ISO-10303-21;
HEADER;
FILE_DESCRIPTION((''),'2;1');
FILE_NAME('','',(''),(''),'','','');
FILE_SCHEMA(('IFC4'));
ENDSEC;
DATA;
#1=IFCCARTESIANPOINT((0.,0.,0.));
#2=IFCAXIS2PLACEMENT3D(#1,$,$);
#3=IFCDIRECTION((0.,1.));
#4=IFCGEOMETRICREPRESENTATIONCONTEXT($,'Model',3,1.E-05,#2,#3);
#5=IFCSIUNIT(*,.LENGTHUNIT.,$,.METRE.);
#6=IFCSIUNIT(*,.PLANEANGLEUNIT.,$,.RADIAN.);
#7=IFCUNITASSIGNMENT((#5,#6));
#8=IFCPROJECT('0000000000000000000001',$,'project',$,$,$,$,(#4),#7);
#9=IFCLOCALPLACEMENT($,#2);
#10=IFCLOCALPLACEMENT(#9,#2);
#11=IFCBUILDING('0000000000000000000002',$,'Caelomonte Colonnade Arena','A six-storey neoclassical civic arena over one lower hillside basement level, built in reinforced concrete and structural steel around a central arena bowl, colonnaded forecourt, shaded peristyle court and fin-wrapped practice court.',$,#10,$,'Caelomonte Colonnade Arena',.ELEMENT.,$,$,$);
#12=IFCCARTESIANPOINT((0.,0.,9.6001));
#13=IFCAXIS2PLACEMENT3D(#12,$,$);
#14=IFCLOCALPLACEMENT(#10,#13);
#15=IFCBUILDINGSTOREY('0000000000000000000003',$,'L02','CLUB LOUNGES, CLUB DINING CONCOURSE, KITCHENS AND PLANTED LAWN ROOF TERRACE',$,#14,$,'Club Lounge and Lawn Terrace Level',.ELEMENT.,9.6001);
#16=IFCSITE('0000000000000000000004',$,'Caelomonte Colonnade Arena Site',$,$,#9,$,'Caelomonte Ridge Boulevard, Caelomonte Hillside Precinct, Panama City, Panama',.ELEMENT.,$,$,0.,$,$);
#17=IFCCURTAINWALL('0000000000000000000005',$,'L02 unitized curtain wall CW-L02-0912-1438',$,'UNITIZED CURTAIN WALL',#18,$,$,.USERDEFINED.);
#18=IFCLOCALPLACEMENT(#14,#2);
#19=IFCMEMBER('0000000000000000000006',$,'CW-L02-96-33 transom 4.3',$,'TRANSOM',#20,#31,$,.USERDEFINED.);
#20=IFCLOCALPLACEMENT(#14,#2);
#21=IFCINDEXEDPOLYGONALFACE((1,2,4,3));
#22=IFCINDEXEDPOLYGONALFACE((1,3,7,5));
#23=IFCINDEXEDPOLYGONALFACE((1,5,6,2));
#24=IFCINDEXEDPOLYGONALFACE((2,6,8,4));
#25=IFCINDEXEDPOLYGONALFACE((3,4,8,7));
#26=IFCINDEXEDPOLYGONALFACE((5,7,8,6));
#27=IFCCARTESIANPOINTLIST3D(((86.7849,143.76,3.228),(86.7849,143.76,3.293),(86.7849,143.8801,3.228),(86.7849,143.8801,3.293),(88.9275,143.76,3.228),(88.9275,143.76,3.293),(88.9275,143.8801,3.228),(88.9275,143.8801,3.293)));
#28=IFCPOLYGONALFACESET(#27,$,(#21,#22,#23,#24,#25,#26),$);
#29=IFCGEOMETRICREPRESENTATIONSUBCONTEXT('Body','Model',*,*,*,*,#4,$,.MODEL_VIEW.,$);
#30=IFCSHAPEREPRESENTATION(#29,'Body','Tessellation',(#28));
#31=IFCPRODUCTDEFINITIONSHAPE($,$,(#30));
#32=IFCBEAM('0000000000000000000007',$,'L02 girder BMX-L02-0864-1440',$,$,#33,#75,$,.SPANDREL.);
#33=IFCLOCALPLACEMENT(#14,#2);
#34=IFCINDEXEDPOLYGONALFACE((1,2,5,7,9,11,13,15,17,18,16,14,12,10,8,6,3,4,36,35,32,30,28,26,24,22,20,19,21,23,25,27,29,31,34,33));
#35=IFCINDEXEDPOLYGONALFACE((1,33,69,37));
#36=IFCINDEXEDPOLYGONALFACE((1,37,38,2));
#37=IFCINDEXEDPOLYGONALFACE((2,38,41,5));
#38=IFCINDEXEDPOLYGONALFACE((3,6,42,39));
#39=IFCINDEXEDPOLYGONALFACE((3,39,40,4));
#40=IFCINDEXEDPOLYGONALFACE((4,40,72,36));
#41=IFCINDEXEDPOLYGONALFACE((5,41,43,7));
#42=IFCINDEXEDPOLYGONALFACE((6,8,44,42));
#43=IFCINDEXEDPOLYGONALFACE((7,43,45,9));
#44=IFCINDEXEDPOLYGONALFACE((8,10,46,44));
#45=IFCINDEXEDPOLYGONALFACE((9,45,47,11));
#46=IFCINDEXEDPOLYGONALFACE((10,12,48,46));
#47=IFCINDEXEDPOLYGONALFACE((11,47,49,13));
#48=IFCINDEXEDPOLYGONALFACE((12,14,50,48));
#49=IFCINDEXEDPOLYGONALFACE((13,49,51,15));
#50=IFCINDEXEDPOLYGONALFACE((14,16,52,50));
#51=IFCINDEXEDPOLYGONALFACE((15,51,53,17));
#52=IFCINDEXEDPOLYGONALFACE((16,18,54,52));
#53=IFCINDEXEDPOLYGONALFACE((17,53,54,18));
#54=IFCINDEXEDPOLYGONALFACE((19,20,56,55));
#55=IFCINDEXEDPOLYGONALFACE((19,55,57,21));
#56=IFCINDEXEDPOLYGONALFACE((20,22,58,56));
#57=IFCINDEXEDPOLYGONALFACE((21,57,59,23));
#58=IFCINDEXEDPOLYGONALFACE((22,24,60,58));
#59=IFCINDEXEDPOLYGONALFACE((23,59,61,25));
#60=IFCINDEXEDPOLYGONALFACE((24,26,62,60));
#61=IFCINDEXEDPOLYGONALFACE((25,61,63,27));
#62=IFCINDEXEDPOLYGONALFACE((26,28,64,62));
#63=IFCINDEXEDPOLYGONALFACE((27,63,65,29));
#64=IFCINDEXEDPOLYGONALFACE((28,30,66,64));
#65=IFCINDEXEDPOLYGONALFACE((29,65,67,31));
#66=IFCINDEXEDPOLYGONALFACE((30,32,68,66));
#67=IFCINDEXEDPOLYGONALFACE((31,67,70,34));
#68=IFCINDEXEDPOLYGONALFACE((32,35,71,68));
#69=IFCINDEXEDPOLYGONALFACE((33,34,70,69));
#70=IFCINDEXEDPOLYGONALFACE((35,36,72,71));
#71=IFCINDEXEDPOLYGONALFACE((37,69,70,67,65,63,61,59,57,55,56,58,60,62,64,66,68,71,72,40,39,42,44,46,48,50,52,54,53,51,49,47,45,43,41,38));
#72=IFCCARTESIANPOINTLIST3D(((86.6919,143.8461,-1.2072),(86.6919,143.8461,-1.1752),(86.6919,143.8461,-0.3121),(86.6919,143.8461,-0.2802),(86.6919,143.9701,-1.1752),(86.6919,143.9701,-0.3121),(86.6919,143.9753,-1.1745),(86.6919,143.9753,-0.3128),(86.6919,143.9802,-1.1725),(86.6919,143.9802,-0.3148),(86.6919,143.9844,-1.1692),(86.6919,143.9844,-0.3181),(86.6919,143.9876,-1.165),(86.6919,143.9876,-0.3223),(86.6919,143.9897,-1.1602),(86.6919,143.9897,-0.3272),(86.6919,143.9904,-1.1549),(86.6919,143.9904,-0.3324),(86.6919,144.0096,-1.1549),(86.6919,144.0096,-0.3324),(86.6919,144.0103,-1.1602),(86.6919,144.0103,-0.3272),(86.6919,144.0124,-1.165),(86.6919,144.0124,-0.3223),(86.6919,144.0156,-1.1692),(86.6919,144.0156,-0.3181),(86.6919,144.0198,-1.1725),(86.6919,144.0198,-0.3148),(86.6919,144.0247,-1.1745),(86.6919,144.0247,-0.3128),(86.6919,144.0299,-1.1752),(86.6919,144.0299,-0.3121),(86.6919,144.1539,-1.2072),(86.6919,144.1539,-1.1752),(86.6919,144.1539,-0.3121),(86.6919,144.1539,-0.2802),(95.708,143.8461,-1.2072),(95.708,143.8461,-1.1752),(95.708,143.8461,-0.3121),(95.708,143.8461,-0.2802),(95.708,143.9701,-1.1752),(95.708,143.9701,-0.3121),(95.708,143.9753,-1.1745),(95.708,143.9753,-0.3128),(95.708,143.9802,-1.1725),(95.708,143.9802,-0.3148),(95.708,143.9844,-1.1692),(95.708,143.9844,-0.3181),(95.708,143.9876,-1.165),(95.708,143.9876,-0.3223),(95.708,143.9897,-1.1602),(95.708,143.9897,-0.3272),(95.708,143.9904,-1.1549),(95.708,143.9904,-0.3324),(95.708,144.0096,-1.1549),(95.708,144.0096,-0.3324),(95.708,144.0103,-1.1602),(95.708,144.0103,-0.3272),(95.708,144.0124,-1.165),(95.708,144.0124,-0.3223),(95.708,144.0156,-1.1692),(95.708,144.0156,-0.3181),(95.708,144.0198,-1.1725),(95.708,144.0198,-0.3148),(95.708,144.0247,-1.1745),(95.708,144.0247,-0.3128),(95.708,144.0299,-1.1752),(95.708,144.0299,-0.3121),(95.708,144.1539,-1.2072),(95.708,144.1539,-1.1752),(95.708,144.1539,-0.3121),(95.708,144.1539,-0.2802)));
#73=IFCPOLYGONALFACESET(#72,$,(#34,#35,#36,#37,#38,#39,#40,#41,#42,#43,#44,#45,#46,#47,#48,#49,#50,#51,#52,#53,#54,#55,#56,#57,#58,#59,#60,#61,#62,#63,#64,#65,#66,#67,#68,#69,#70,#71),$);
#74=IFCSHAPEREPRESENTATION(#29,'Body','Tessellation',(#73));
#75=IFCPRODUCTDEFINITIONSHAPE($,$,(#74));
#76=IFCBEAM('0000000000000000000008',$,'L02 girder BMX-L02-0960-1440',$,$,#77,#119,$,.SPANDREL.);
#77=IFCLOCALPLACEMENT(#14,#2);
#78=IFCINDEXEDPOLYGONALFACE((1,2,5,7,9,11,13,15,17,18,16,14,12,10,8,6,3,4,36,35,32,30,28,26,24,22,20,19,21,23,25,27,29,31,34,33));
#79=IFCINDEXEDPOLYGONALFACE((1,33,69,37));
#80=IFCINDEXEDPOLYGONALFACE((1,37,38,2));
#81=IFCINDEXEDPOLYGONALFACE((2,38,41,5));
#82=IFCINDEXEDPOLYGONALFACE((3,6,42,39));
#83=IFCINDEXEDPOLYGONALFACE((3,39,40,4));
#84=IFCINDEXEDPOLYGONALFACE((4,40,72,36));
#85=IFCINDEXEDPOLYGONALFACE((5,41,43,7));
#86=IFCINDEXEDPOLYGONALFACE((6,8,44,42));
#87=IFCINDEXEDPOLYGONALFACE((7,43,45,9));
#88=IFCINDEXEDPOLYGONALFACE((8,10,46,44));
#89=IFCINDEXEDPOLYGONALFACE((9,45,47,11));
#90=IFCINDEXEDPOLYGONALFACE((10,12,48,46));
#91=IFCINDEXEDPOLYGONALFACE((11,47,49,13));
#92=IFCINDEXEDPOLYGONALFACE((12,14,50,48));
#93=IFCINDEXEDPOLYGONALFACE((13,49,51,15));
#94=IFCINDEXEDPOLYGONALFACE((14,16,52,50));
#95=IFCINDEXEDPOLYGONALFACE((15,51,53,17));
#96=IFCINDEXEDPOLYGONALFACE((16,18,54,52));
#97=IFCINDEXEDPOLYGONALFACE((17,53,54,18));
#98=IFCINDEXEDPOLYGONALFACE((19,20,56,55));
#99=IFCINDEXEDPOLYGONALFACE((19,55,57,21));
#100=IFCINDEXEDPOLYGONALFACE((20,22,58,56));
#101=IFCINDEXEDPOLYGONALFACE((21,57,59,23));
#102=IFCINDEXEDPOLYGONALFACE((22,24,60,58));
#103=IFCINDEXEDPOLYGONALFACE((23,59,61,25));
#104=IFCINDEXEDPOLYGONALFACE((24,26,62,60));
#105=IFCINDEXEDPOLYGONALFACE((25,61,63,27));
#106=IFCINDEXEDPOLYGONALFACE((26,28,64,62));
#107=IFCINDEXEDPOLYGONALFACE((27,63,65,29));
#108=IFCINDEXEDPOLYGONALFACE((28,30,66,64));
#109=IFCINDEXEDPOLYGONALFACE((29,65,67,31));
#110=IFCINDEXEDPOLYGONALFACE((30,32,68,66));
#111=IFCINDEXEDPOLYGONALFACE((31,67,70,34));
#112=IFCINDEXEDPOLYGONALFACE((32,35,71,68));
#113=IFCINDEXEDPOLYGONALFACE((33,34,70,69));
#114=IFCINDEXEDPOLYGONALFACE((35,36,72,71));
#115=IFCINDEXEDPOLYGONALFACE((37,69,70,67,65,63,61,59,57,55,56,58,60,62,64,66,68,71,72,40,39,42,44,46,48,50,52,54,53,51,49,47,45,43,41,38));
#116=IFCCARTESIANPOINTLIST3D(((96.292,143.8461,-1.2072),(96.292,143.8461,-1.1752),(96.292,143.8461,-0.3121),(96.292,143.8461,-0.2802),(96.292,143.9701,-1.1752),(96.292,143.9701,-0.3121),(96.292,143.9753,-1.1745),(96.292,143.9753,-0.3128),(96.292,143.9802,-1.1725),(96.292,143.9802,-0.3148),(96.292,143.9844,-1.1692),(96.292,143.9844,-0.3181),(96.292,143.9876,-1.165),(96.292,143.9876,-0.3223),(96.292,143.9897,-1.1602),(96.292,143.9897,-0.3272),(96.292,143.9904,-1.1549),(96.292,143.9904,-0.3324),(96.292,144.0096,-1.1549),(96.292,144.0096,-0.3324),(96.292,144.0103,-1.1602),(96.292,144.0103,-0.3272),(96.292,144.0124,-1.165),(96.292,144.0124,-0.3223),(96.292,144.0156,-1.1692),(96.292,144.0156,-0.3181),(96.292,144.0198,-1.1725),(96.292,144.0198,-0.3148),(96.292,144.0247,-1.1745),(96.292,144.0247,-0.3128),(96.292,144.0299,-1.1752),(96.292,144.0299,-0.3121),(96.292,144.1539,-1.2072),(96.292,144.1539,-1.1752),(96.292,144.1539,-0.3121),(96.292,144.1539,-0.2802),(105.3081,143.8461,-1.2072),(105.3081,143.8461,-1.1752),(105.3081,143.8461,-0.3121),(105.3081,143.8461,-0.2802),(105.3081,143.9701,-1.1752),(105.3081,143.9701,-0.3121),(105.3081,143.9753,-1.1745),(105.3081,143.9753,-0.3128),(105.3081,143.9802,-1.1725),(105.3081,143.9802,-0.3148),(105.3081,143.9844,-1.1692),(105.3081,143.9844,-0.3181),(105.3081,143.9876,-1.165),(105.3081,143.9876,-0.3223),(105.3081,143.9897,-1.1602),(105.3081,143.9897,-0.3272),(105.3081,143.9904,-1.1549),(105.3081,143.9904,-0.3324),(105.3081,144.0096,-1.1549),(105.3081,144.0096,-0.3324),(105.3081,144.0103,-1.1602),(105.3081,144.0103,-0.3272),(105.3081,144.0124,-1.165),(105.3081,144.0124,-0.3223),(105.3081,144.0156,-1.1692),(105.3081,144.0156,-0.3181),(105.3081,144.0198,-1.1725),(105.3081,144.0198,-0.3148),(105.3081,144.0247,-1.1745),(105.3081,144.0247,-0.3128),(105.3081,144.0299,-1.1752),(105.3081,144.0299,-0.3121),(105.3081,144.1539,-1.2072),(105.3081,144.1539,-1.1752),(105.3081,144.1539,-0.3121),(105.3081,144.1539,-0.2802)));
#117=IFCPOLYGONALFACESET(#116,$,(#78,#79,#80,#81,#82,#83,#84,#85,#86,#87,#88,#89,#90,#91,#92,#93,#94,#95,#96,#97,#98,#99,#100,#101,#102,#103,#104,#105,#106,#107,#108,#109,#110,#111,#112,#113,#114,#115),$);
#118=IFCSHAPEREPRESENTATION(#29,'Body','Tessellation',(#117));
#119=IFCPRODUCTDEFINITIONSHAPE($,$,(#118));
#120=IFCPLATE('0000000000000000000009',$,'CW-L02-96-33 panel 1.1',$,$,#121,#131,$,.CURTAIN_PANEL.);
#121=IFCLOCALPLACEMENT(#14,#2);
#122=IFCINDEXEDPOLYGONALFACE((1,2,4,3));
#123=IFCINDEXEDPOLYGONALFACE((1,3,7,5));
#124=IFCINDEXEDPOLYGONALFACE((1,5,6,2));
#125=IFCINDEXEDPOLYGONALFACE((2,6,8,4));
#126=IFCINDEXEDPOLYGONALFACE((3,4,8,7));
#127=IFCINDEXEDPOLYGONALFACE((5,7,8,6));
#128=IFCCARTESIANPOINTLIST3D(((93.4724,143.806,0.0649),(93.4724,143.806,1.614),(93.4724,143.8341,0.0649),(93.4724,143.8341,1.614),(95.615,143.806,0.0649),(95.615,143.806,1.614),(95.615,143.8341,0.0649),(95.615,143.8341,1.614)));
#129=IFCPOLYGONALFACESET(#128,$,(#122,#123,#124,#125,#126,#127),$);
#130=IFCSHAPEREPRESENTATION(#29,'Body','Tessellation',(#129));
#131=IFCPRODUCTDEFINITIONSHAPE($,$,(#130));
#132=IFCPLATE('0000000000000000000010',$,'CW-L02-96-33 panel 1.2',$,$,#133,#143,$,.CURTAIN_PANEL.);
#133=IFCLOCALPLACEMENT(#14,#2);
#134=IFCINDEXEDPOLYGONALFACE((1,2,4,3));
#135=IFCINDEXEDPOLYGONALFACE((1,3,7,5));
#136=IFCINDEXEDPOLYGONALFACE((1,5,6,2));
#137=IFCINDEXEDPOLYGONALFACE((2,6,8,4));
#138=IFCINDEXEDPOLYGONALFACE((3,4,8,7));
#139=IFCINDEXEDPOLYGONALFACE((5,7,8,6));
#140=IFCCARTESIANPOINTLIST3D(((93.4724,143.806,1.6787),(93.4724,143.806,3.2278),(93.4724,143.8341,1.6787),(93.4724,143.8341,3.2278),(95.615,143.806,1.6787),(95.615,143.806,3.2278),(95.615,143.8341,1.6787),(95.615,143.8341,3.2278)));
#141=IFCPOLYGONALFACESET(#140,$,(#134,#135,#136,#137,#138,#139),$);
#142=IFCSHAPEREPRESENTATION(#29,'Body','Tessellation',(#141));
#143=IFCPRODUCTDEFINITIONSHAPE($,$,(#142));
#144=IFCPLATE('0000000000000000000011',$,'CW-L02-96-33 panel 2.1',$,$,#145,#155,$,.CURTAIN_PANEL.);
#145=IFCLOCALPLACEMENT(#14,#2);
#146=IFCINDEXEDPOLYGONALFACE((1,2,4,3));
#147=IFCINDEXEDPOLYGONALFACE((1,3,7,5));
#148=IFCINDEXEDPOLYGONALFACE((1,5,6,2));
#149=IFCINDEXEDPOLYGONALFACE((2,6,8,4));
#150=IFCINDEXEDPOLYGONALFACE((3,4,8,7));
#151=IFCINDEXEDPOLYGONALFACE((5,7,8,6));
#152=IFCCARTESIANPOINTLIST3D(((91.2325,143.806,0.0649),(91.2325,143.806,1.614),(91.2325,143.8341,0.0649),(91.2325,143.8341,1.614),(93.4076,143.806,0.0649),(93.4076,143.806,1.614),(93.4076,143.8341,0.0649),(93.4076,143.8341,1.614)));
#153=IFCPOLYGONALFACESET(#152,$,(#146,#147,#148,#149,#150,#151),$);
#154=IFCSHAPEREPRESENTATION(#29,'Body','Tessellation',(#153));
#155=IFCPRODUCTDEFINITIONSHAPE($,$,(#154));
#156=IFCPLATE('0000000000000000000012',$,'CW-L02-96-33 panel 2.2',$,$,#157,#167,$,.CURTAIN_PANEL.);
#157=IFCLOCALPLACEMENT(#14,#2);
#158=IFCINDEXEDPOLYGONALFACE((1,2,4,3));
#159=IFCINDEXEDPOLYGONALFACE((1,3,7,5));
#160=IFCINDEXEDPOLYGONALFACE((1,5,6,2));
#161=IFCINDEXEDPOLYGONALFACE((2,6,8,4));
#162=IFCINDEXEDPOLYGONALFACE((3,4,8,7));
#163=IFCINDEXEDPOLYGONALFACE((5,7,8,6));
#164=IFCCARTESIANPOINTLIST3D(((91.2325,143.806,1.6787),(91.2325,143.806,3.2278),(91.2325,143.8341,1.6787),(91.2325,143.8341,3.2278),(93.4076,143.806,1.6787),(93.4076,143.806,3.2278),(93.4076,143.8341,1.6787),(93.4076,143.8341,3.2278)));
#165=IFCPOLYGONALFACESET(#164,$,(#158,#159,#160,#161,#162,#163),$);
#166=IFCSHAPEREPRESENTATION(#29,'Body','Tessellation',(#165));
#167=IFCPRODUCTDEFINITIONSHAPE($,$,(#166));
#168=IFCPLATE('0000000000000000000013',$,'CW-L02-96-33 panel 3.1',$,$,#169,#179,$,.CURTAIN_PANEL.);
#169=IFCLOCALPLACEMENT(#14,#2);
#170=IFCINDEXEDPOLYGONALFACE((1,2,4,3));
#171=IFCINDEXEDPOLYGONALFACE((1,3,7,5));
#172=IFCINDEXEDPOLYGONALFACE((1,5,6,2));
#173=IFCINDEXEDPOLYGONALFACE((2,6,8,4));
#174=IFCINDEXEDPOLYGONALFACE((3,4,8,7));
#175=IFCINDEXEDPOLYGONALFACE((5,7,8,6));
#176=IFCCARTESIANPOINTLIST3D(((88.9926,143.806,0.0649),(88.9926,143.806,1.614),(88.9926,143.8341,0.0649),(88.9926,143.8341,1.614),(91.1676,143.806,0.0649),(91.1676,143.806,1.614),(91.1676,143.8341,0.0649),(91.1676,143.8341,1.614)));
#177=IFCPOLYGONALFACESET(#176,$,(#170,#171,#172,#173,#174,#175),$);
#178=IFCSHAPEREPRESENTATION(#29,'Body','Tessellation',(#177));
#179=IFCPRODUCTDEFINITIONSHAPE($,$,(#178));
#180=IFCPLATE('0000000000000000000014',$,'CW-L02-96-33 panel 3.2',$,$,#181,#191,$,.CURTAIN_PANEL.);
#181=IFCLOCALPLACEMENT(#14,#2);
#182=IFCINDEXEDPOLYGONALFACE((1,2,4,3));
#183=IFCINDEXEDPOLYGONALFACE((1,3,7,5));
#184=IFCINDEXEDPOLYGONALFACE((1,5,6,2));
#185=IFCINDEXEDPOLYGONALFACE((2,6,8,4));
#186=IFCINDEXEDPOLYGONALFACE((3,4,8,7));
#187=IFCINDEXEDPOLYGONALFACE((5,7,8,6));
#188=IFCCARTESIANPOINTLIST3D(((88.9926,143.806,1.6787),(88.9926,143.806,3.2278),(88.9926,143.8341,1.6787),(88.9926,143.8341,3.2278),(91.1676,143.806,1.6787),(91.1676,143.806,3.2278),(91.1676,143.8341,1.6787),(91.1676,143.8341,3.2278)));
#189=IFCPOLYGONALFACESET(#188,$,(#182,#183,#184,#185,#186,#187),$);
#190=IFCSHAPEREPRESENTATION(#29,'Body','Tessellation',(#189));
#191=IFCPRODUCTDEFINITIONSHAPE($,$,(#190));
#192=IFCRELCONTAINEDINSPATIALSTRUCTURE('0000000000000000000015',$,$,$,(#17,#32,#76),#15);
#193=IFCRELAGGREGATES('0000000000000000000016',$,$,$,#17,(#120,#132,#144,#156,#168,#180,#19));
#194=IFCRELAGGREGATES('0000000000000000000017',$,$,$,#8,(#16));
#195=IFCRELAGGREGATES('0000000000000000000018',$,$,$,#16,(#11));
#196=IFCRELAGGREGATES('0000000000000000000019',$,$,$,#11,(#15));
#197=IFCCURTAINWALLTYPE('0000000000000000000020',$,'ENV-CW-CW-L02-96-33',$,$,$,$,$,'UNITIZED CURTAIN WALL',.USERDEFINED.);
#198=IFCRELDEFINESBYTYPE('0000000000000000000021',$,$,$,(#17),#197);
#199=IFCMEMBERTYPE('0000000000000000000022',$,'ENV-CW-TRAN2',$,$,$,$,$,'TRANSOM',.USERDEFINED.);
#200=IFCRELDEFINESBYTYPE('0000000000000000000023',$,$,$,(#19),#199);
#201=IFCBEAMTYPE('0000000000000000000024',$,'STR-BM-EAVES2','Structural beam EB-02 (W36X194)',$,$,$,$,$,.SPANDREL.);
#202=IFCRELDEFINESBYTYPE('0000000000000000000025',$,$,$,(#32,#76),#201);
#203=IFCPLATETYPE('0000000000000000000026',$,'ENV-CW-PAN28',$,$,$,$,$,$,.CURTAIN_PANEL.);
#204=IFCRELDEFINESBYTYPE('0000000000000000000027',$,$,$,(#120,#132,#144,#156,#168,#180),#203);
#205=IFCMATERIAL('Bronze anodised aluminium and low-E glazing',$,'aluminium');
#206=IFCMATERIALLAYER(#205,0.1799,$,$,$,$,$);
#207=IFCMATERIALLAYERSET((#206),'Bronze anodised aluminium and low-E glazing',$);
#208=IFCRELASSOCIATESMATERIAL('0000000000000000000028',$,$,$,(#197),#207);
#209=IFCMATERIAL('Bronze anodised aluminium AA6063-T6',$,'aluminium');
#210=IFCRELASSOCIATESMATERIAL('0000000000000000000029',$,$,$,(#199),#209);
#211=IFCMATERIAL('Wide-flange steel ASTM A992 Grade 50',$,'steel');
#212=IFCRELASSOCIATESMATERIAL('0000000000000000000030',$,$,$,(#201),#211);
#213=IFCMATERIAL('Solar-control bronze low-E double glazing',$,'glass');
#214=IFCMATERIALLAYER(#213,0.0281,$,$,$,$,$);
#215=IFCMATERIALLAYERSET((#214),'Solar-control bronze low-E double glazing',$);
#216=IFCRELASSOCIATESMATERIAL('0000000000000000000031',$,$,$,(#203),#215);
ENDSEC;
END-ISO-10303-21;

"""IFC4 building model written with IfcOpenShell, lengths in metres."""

from ifc_helpers import new_model, si_unit, direction, frame, origin, origin_2d, place, context, subcontext, project, spatial, rectangle, i_section, extrude, material, layer, layer_set, material_profile, profile_set, type_object, element, aggregate, save


model = new_model("IFC4")

# Units and contexts
model_context = context("Model", 3, precision=1e-05, world=origin(), true_north=direction((0.0, 1.0)))
body_context = subcontext(model_context, "Body", "Model", "MODEL_VIEW")
ifc_project = project(units=[si_unit("LENGTHUNIT", "METRE"), si_unit("PLANEANGLEUNIT", "RADIAN")], contexts=[model_context])

# Site, building, storey
site_placement = place(None, origin())
site = spatial("IfcSite", under=ifc_project, at=site_placement, Name="Caelomonte Colonnade Arena Site", LongName="Caelomonte Ridge Boulevard, Caelomonte Hillside Precinct, Panama City, Panama", CompositionType="ELEMENT", RefElevation=0.0)
building_placement = place(site_placement, origin())
building = spatial("IfcBuilding", under=site, at=building_placement, Name="Caelomonte Colonnade Arena", Description="A six-storey neoclassical civic arena over one lower hillside basement level, built in reinforced concrete and structural steel around a central arena bowl, colonnaded forecourt, shaded peristyle court and fin-wrapped practice court.", LongName="Caelomonte Colonnade Arena", CompositionType="ELEMENT")
storey_placement = place(building_placement, frame((0.0, 0.0, 9.6001)))
storey = spatial("IfcBuildingStorey", under=building, at=storey_placement, Name="L02", Description="CLUB LOUNGES, CLUB DINING CONCOURSE, KITCHENS AND PLANTED LAWN ROOF TERRACE", LongName="Club Lounge and Lawn Terrace Level", CompositionType="ELEMENT", Elevation=9.6001)

# Curtain wall, member
ifc_material_1 = material(Name="Bronze anodised aluminium and low-E glazing", Category="aluminium")
ifc_layer_1 = layer(ifc_material_1, 0.1799)
ifc_layer_set_1 = layer_set([ifc_layer_1], Name="Bronze anodised aluminium and low-E glazing")
curtain_wall_type = type_object("IfcCurtainWallType", Name="ENV-CW-CW-L02-96-33", ElementType="UNITIZED CURTAIN WALL", PredefinedType="USERDEFINED", material=ifc_layer_set_1)
curtain_wall_placement = place(storey_placement, origin())
curtain_wall = element("IfcCurtainWall", 1, at=curtain_wall_placement, inside=storey, type_object=curtain_wall_type, Name="L02 unitized curtain wall CW-L02-0912-1438", ObjectType="UNITIZED CURTAIN WALL", PredefinedType="USERDEFINED")
ifc_material_2 = material(Name="Bronze anodised aluminium AA6063-T6", Category="aluminium")
ifc_material_profile_1 = material_profile(ifc_material_2, rectangle(XDim=0.0649, YDim=0.1201, at=origin_2d()), Name="CWT-65X120")
ifc_profile_set_1 = profile_set([ifc_material_profile_1], Name="Bronze anodised aluminium AA6063-T6")
member_type_1 = type_object("IfcMemberType", Name="ENV-CW-TRAN2", ElementType="TRANSOM", PredefinedType="USERDEFINED", material=ifc_profile_set_1)
member_1_placement = place(storey_placement, frame((88.9275, 143.8201, 3.2605), z_axis=(-1.0, 0.0, 0.0), x_axis=(0.0, 0.0, 1.0)))
member_1 = element("IfcMember", 2, at=member_1_placement, type_object=member_type_1, Name="CW-L02-96-33 transom 4.3", ObjectType="TRANSOM", PredefinedType="USERDEFINED", context=body_context, shape_type="SweptSolid", body=[
    extrude(rectangle(XDim=0.0649, YDim=0.1201, at=origin_2d()), origin(), (0.0, 0.0, 1.0), 2.1426),
])

# Beams
ifc_material_3 = material(Name="Wide-flange steel ASTM A992 Grade 50", Category="steel")
ifc_material_profile_2 = material_profile(ifc_material_3, i_section(OverallWidth=0.3079, OverallDepth=0.927, WebThickness=0.0193, FlangeThickness=0.032, FilletRadius=0.0203, at=origin_2d()), Name="W36X194")
ifc_profile_set_2 = profile_set([ifc_material_profile_2], Name="Wide-flange steel ASTM A992 Grade 50")
beam_type = type_object("IfcBeamType", Name="STR-BM-EAVES2", Description="Structural beam EB-02 (W36X194)", PredefinedType="SPANDREL", material=ifc_profile_set_2)
for number, where, z_axis, x_axis, name in (
    (3, (86.6919, 144.0, -0.7437), (1.0, 0.0, 0.0), (0.0, 1.0, 0.0), "L02 girder BMX-L02-0864-1440"),
    (4, (96.292, 144.0, -0.7437), (1.0, 0.0, 0.0), (0.0, 1.0, 0.0), "L02 girder BMX-L02-0960-1440"),
):
    element("IfcBeam", number, at=place(storey_placement, frame(where, z_axis=z_axis, x_axis=x_axis)), inside=storey, type_object=beam_type, Name=name, PredefinedType="SPANDREL", context=body_context, shape_type="SweptSolid", body=[
        extrude(i_section(OverallWidth=0.3079, OverallDepth=0.927, WebThickness=0.0193, FlangeThickness=0.032, FilletRadius=0.0203, at=origin_2d()), origin(), (0.0, 0.0, 1.0), 9.0161),
    ])

# Plates
ifc_material_4 = material(Name="Solar-control bronze low-E double glazing", Category="glass")
ifc_layer_2 = layer(ifc_material_4, 0.0281)
ifc_layer_set_2 = layer_set([ifc_layer_2], Name="Solar-control bronze low-E double glazing")
plate_type = type_object("IfcPlateType", Name="ENV-CW-PAN28", PredefinedType="CURTAIN_PANEL", material=ifc_layer_set_2)
plate_1_placement = place(storey_placement, frame((94.5437, 143.8201, 0.0649), z_axis=(0.0, 0.0, 1.0), x_axis=(-1.0, 0.0, 0.0)))
plate_1 = element("IfcPlate", 5, at=plate_1_placement, type_object=plate_type, Name="CW-L02-96-33 panel 1.1", PredefinedType="CURTAIN_PANEL", context=body_context, shape_type="SweptSolid", body=[
    extrude(rectangle(XDim=2.1426, YDim=0.0281, at=origin_2d()), origin(), (0.0, 0.0, 1.0), 1.5491),
])
plate_2_placement = place(storey_placement, frame((94.5437, 143.8201, 1.6787), z_axis=(0.0, 0.0, 1.0), x_axis=(-1.0, 0.0, 0.0)))
plate_2 = element("IfcPlate", 6, at=plate_2_placement, type_object=plate_type, Name="CW-L02-96-33 panel 1.2", PredefinedType="CURTAIN_PANEL", context=body_context, shape_type="SweptSolid", body=[
    extrude(rectangle(XDim=2.1426, YDim=0.0281, at=origin_2d()), origin(), (0.0, 0.0, 1.0), 1.5491),
])
plate_3_placement = place(storey_placement, frame((92.3201, 143.8201, 0.0649), z_axis=(0.0, 0.0, 1.0), x_axis=(-1.0, 0.0, 0.0)))
plate_3 = element("IfcPlate", 7, at=plate_3_placement, type_object=plate_type, Name="CW-L02-96-33 panel 2.1", PredefinedType="CURTAIN_PANEL", context=body_context, shape_type="SweptSolid", body=[
    extrude(rectangle(XDim=2.175, YDim=0.0281, at=origin_2d()), origin(), (0.0, 0.0, 1.0), 1.5491),
])
plate_4_placement = place(storey_placement, frame((92.3201, 143.8201, 1.6787), z_axis=(0.0, 0.0, 1.0), x_axis=(-1.0, 0.0, 0.0)))
plate_4 = element("IfcPlate", 8, at=plate_4_placement, type_object=plate_type, Name="CW-L02-96-33 panel 2.2", PredefinedType="CURTAIN_PANEL", context=body_context, shape_type="SweptSolid", body=[
    extrude(rectangle(XDim=2.175, YDim=0.0281, at=origin_2d()), origin(), (0.0, 0.0, 1.0), 1.5491),
])
plate_5_placement = place(storey_placement, frame((90.0801, 143.8201, 0.0649), z_axis=(0.0, 0.0, 1.0), x_axis=(-1.0, 0.0, 0.0)))
plate_5 = element("IfcPlate", 9, at=plate_5_placement, type_object=plate_type, Name="CW-L02-96-33 panel 3.1", PredefinedType="CURTAIN_PANEL", context=body_context, shape_type="SweptSolid", body=[
    extrude(rectangle(XDim=2.175, YDim=0.0281, at=origin_2d()), origin(), (0.0, 0.0, 1.0), 1.5491),
])
plate_6_placement = place(storey_placement, frame((90.0801, 143.8201, 1.6787), z_axis=(0.0, 0.0, 1.0), x_axis=(-1.0, 0.0, 0.0)))
plate_6 = element("IfcPlate", 10, at=plate_6_placement, type_object=plate_type, Name="CW-L02-96-33 panel 3.2", PredefinedType="CURTAIN_PANEL", context=body_context, shape_type="SweptSolid", body=[
    extrude(rectangle(XDim=2.175, YDim=0.0281, at=origin_2d()), origin(), (0.0, 0.0, 1.0), 1.5491),
])
aggregate(curtain_wall, [plate_1, plate_2, plate_3, plate_4, plate_5, plate_6, member_1])

save(model, "model.ifc")
